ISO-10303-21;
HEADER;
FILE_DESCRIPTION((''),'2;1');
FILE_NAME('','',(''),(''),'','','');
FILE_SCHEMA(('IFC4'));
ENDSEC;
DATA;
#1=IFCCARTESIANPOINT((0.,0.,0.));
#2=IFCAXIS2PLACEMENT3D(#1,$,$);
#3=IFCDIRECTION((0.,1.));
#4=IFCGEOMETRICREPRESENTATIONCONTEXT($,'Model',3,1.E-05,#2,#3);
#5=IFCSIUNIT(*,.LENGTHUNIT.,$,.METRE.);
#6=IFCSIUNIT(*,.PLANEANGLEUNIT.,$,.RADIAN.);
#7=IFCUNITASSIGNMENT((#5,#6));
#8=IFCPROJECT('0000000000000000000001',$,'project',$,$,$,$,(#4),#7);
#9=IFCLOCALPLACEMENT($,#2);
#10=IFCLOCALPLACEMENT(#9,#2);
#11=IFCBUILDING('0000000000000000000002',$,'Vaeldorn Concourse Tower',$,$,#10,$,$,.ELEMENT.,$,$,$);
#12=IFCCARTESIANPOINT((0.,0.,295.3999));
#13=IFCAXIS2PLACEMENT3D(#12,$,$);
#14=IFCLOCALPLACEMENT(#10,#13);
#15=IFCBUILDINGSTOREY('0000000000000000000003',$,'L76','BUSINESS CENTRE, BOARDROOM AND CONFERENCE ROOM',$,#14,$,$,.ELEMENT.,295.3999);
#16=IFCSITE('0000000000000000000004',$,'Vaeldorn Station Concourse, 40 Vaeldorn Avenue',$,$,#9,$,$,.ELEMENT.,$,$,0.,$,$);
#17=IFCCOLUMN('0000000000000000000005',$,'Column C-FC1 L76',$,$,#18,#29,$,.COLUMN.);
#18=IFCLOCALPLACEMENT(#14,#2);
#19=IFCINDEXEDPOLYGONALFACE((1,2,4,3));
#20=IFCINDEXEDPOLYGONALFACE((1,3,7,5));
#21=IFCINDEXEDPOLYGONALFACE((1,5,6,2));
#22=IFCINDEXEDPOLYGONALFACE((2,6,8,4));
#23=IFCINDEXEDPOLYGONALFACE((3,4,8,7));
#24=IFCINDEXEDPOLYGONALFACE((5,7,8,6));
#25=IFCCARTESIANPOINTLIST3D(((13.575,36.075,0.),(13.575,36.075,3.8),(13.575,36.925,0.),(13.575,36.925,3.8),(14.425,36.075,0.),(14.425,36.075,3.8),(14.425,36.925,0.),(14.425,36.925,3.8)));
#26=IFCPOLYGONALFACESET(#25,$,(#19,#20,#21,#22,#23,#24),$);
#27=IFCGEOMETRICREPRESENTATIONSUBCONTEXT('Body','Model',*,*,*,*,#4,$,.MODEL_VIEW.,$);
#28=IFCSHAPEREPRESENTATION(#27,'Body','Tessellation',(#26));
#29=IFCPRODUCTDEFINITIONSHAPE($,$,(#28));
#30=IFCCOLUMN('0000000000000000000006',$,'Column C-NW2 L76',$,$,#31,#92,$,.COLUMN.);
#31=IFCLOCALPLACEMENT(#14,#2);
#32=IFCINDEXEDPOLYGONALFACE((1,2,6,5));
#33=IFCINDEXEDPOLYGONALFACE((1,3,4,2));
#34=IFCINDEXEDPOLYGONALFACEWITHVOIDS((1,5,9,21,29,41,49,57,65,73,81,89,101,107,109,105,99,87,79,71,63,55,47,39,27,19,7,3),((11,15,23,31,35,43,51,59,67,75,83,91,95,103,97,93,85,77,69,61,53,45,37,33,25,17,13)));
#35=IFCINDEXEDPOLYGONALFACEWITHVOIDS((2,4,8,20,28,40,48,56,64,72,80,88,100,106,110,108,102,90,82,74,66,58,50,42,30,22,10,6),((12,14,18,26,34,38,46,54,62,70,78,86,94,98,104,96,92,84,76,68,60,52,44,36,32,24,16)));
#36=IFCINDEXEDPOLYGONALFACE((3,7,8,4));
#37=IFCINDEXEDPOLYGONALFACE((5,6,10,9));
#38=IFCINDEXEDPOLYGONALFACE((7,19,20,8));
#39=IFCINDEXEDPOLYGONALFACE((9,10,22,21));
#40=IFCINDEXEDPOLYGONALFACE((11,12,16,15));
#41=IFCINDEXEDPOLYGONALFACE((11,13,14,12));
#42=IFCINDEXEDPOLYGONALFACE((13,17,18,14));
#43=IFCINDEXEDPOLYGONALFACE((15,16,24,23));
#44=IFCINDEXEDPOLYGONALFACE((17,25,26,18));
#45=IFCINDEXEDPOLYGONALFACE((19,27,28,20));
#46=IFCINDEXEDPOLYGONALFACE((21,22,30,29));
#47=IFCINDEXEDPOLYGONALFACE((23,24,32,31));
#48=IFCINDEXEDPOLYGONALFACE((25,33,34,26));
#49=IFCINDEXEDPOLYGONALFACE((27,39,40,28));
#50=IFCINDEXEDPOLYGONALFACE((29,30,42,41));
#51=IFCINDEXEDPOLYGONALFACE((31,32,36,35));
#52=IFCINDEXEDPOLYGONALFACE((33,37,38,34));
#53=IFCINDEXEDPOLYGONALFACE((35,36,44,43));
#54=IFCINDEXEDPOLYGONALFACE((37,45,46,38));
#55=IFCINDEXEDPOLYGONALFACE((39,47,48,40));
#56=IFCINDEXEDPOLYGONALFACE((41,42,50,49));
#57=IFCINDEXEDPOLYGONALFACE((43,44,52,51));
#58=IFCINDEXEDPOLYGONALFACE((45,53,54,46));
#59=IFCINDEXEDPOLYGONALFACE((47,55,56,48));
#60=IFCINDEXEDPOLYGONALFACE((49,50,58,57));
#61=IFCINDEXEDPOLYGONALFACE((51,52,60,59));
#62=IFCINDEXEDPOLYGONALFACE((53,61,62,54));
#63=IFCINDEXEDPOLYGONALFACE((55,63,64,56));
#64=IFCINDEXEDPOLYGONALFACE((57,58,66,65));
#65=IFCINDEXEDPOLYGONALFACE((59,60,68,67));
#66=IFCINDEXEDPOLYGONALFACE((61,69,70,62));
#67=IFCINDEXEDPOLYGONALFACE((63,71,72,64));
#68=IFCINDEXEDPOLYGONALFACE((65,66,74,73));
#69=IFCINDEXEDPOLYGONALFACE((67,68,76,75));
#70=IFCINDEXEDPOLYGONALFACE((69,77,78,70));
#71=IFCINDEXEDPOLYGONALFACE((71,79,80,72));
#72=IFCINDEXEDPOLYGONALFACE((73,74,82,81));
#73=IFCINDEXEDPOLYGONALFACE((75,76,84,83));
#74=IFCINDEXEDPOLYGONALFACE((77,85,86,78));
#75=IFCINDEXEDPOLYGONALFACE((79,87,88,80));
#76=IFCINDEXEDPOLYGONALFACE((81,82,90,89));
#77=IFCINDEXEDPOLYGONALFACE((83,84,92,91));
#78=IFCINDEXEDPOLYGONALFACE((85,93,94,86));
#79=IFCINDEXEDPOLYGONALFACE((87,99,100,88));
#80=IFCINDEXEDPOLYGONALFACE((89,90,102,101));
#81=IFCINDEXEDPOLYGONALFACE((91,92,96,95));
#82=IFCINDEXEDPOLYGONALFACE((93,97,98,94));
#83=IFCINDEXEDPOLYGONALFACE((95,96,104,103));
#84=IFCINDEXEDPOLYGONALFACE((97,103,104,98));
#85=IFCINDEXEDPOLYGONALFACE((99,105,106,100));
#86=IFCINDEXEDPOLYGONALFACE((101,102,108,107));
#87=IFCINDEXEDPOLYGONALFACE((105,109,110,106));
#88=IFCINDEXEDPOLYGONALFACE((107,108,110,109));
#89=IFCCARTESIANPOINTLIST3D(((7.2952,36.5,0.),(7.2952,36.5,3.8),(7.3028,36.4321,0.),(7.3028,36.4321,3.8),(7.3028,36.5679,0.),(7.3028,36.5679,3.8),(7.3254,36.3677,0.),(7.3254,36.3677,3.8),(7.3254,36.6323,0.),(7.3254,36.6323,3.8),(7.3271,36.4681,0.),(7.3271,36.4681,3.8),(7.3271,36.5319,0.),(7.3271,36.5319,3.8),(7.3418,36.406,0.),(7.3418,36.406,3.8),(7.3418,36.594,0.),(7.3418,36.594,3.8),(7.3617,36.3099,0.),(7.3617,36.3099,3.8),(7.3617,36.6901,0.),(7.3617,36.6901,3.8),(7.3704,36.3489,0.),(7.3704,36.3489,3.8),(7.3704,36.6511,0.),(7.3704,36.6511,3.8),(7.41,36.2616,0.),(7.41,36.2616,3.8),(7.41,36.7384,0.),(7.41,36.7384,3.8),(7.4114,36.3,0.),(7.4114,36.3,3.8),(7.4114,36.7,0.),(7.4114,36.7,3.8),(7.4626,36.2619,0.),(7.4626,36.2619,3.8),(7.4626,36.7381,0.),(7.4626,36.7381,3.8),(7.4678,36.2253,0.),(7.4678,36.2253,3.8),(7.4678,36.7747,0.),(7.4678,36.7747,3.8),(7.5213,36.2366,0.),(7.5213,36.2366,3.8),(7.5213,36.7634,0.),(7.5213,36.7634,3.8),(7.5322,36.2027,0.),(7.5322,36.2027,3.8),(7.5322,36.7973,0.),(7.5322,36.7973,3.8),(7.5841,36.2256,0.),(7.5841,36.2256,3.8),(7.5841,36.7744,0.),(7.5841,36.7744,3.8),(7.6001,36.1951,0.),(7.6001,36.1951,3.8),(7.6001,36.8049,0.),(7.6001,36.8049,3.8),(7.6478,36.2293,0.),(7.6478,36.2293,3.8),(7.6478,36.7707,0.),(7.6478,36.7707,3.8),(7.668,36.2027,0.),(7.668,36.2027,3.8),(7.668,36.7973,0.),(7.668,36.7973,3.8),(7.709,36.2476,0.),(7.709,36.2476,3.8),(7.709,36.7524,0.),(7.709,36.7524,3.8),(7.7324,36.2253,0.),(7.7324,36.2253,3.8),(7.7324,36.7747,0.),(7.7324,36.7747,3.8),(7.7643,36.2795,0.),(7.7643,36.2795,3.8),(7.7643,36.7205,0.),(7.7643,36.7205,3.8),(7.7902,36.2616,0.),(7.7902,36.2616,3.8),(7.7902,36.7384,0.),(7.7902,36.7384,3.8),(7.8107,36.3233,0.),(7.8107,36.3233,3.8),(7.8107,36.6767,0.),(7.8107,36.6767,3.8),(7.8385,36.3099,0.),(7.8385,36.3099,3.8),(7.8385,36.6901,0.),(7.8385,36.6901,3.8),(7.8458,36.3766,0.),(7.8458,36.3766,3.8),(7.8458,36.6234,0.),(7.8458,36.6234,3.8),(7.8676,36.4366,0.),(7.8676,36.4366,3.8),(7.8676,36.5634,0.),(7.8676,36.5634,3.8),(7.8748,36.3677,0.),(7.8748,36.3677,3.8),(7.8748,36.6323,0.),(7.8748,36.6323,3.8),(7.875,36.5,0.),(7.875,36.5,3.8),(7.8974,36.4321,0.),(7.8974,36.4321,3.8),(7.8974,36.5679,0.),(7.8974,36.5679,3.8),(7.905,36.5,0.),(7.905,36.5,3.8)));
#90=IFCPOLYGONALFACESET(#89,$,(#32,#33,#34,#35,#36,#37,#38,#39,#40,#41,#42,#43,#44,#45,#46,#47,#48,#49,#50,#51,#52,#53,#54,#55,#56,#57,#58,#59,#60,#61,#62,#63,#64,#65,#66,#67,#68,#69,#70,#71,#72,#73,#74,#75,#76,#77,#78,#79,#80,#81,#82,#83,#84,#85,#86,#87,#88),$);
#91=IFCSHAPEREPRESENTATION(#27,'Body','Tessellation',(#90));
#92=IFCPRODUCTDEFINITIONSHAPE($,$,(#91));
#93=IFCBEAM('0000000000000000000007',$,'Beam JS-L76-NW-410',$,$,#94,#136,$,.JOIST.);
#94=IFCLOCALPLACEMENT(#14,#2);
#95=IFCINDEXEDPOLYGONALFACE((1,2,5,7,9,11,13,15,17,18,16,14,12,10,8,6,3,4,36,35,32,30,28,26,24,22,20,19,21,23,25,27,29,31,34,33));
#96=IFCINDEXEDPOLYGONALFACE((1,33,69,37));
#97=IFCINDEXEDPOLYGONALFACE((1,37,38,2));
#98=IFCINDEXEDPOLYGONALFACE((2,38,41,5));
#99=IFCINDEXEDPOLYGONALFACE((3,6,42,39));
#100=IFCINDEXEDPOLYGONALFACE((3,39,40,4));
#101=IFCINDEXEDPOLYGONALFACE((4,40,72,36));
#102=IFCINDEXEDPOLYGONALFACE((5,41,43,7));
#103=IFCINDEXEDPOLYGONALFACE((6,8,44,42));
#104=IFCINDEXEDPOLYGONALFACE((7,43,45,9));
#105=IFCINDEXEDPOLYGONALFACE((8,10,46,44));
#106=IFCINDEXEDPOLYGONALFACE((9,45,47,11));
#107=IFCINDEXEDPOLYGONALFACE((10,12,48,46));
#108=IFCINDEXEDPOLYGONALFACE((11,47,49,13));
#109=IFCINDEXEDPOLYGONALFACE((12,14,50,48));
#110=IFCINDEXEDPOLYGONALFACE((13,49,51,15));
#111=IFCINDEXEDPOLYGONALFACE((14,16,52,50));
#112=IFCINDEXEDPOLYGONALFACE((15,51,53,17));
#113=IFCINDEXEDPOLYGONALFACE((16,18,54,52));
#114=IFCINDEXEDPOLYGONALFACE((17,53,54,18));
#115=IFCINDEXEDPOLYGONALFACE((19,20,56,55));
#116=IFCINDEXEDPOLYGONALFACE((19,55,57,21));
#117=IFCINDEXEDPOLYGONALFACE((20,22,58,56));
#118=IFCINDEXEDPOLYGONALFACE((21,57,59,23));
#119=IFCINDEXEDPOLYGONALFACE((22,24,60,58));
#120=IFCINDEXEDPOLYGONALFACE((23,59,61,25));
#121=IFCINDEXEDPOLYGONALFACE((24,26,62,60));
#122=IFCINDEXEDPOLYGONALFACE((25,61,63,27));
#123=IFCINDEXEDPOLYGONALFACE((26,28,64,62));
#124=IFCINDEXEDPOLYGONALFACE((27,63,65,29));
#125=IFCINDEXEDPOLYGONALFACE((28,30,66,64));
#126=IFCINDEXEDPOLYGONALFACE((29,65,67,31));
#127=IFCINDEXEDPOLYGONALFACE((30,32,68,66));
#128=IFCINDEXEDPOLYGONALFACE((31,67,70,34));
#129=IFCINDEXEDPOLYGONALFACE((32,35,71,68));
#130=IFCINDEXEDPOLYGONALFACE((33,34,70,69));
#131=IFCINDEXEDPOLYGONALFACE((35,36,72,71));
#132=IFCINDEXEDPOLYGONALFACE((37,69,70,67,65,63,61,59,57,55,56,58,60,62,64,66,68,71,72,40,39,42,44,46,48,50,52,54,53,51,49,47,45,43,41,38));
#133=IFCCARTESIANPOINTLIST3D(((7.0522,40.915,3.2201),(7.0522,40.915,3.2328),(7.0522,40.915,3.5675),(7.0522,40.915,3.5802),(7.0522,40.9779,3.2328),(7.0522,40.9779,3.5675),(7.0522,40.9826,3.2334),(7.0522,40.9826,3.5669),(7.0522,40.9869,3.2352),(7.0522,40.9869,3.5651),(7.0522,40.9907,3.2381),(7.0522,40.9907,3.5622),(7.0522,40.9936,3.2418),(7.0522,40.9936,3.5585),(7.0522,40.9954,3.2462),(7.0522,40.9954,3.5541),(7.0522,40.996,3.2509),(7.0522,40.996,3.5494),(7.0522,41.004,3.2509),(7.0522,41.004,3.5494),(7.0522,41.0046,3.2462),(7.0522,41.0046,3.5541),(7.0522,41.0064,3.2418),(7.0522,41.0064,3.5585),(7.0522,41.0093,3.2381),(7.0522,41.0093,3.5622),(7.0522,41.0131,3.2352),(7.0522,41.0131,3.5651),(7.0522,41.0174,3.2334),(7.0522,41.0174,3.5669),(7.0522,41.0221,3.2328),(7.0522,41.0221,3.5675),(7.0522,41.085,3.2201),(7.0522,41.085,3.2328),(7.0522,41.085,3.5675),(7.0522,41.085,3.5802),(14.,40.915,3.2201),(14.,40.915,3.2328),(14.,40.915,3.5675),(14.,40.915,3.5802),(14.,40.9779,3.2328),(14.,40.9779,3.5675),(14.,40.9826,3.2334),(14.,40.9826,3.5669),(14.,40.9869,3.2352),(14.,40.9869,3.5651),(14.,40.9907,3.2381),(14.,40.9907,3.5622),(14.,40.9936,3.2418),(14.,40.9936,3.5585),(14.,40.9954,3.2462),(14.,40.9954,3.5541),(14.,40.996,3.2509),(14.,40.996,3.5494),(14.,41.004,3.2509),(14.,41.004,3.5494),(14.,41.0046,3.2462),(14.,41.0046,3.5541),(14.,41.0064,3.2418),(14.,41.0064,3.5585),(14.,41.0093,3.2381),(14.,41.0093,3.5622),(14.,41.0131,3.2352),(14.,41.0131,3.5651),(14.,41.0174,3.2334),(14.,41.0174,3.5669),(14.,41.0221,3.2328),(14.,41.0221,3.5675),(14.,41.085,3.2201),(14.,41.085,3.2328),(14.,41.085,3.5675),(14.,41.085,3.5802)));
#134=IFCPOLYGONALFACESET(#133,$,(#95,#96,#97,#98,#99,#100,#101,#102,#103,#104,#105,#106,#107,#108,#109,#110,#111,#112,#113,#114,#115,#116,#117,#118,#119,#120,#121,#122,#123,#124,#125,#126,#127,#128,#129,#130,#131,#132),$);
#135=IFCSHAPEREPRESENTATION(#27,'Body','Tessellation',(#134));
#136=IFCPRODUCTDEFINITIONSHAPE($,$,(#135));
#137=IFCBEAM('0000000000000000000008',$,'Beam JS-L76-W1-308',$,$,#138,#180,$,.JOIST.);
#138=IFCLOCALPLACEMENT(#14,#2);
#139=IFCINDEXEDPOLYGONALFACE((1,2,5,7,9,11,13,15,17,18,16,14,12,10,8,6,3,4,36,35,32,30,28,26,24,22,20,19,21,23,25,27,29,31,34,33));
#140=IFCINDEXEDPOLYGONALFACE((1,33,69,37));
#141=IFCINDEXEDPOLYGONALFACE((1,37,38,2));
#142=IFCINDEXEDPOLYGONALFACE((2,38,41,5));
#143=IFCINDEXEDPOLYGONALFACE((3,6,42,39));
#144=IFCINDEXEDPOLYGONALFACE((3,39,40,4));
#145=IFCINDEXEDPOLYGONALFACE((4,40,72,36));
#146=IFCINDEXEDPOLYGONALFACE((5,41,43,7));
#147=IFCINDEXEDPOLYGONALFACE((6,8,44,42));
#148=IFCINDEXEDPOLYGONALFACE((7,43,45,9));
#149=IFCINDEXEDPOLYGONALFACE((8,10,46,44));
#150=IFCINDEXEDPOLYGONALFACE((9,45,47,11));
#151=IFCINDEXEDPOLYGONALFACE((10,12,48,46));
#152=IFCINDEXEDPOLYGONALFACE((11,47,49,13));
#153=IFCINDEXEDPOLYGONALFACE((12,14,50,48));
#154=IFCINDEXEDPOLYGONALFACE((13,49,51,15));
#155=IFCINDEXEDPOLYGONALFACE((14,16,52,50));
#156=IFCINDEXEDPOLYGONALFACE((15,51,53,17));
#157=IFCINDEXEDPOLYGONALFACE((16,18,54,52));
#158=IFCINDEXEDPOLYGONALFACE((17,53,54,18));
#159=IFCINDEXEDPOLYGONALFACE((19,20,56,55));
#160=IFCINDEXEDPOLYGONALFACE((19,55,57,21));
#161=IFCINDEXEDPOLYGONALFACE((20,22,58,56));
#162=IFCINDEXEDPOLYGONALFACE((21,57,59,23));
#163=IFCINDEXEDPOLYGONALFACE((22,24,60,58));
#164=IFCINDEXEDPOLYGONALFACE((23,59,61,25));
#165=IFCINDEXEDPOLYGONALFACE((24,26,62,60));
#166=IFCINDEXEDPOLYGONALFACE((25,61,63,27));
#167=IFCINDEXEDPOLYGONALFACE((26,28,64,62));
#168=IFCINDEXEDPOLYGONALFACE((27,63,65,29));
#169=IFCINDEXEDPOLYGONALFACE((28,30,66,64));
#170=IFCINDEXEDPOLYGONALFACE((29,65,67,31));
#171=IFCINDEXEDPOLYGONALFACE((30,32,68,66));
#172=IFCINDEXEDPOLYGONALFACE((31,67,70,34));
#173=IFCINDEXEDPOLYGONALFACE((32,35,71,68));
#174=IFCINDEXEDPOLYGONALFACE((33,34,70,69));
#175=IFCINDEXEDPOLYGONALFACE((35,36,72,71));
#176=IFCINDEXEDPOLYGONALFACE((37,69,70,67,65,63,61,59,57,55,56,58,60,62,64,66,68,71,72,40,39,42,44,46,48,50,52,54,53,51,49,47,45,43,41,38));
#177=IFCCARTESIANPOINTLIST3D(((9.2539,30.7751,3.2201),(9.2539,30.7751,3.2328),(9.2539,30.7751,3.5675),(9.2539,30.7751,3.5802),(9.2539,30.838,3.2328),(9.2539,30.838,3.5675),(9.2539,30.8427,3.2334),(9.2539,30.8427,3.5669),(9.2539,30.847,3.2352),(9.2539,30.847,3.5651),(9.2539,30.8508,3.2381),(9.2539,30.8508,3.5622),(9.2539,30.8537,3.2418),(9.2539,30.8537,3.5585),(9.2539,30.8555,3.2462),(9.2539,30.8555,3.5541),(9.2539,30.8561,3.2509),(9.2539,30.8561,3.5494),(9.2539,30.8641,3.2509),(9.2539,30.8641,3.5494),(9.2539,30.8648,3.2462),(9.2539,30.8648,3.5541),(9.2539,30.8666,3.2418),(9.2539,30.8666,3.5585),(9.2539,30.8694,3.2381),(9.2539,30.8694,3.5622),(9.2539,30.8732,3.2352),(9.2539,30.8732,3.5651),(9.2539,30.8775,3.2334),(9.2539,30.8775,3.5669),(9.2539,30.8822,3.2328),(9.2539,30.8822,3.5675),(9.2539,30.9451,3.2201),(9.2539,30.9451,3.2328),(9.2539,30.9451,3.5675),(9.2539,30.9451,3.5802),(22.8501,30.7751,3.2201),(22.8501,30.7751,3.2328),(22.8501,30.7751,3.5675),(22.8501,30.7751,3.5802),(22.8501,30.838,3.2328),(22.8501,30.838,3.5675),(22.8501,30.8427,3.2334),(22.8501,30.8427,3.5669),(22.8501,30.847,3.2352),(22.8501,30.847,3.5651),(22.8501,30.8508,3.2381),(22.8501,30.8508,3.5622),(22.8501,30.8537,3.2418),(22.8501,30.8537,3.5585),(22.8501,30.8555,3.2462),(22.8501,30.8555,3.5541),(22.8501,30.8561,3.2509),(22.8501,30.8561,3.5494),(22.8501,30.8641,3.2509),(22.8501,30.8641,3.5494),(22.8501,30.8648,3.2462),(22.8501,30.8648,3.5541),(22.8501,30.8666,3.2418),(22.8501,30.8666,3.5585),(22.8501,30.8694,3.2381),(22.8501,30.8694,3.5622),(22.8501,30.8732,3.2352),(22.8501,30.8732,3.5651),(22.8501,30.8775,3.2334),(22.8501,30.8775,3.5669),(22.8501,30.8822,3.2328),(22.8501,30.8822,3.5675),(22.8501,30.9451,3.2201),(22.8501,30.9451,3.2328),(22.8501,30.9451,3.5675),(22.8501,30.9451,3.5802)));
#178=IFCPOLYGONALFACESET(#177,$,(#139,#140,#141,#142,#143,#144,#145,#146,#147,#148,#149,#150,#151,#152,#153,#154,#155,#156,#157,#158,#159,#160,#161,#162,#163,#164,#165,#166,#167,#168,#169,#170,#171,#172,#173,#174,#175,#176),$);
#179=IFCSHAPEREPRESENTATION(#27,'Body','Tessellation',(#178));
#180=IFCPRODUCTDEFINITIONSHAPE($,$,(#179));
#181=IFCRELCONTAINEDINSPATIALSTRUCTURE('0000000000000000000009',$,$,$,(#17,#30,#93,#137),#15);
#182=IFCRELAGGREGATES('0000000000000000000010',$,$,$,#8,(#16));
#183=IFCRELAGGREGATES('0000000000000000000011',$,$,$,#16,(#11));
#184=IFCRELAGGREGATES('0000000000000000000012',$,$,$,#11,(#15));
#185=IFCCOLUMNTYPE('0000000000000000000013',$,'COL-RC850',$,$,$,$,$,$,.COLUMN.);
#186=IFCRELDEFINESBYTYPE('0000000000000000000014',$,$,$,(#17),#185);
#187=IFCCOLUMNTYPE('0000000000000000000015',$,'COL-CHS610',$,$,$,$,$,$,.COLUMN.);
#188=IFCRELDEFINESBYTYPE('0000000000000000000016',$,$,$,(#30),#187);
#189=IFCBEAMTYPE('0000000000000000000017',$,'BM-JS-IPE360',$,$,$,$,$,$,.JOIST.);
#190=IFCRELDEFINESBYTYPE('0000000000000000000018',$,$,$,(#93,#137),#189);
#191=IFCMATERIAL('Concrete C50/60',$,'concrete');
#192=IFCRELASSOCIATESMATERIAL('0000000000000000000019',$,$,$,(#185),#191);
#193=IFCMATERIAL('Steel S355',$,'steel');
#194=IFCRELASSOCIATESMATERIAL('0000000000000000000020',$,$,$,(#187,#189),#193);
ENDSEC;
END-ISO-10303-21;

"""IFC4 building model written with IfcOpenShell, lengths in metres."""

from ifc_helpers import new_model, si_unit, direction, frame, origin, origin_2d, place, context, subcontext, project, spatial, rectangle, hollow_circle, i_section, extrude, source, transform, mapped, material, material_profile, profile_set, type_object, element, save


model = new_model("IFC4")

# Units and contexts
model_context = context("Model", 3, precision=1e-05, world=origin(), true_north=direction((0.0, 1.0)))
body_context = subcontext(model_context, "Body", "Model", "MODEL_VIEW")
ifc_project = project(units=[si_unit("LENGTHUNIT", "METRE"), si_unit("PLANEANGLEUNIT", "RADIAN")], contexts=[model_context])

# Site, building, storey
site_placement = place(None, origin())
site = spatial("IfcSite", under=ifc_project, at=site_placement, Name="Vaeldorn Station Concourse, 40 Vaeldorn Avenue", CompositionType="ELEMENT", RefElevation=0.0)
building_placement = place(site_placement, origin())
building = spatial("IfcBuilding", under=site, at=building_placement, Name="Vaeldorn Concourse Tower", CompositionType="ELEMENT")
storey_placement = place(building_placement, frame((0.0, 0.0, 295.3999)))
storey = spatial("IfcBuildingStorey", under=building, at=storey_placement, Name="L76", Description="BUSINESS CENTRE, BOARDROOM AND CONFERENCE ROOM", CompositionType="ELEMENT", Elevation=295.3999)

# Columns
ifc_material_1 = material(Name="Concrete C50/60", Category="concrete")
ifc_material_profile_1 = material_profile(ifc_material_1, rectangle(XDim=0.8501, YDim=0.8501, at=origin_2d()), Name="RC 850x850")
ifc_profile_set_1 = profile_set([ifc_material_profile_1], Name="Concrete C50/60")
column_type_1 = type_object("IfcColumnType", Name="COL-RC850", PredefinedType="COLUMN", material=ifc_profile_set_1)
shared_shape_1 = source(origin(), body_context, "Body", "SweptSolid", [
    extrude(rectangle(XDim=0.8501, YDim=0.8501, at=origin_2d()), origin(), (0.0, 0.0, 1.0), 3.8),
])
column_1_placement = place(storey_placement, frame((14.0, 36.5, 0.0), z_axis=(0.0, 0.0, 1.0), x_axis=(1.0, 0.0, 0.0)))
element("IfcColumn", 1, at=column_1_placement, inside=storey, type_object=column_type_1, Name="Column C-FC1 L76", PredefinedType="COLUMN", context=body_context, shape_type="MappedRepresentation", body=[
    mapped(shared_shape_1, transform((0.0, 0.0, 0.0), scale=1.0)),
])
ifc_material_2 = material(Name="Steel S355", Category="steel")
ifc_material_profile_2 = material_profile(ifc_material_2, hollow_circle(Radius=0.3049, WallThickness=0.03, at=origin_2d()), Name="CHS 610x30")
ifc_profile_set_2 = profile_set([ifc_material_profile_2], Name="Steel S355")
column_type_2 = type_object("IfcColumnType", Name="COL-CHS610", PredefinedType="COLUMN", material=ifc_profile_set_2)
shared_shape_2 = source(origin(), body_context, "Body", "SweptSolid", [
    extrude(hollow_circle(Radius=0.3049, WallThickness=0.03, at=origin_2d()), origin(), (0.0, 0.0, 1.0), 3.8),
])
column_2_placement = place(storey_placement, frame((7.6001, 36.5, 0.0), z_axis=(0.0, 0.0, 1.0), x_axis=(1.0, 0.0, 0.0)))
element("IfcColumn", 2, at=column_2_placement, inside=storey, type_object=column_type_2, Name="Column C-NW2 L76", PredefinedType="COLUMN", context=body_context, shape_type="MappedRepresentation", body=[
    mapped(shared_shape_2, transform((0.0, 0.0, 0.0), scale=1.0)),
])

# Beams
ifc_material_profile_3 = material_profile(ifc_material_2, i_section(OverallWidth=0.1699, OverallDepth=0.3601, WebThickness=0.0081, FlangeThickness=0.0127, FilletRadius=0.0181, at=origin_2d()), Name="IPE 360")
ifc_profile_set_3 = profile_set([ifc_material_profile_3], Name="Steel S355")
beam_type_1 = type_object("IfcBeamType", Name="BM-JS-IPE360", PredefinedType="JOIST", material=ifc_profile_set_3)
shared_shape_3 = source(origin(), body_context, "Body", "SweptSolid", [
    extrude(i_section(OverallWidth=0.1699, OverallDepth=0.3601, WebThickness=0.0081, FlangeThickness=0.0127, FilletRadius=0.0181, at=origin_2d()), origin(), (0.0, 0.0, 1.0), 6.9478),
])
beam_1_placement = place(storey_placement, frame((7.0522, 41.0, 3.4001), z_axis=(1.0, 0.0, 0.0), x_axis=(0.0, 1.0, 0.0)))
element("IfcBeam", 3, at=beam_1_placement, inside=storey, type_object=beam_type_1, Name="Beam JS-L76-NW-410", PredefinedType="JOIST", context=body_context, shape_type="MappedRepresentation", body=[
    mapped(shared_shape_3, transform((0.0, 0.0, 0.0), scale=1.0)),
])
shared_shape_4 = source(origin(), body_context, "Body", "SweptSolid", [
    extrude(i_section(OverallWidth=0.1699, OverallDepth=0.3601, WebThickness=0.0081, FlangeThickness=0.0127, FilletRadius=0.0181, at=origin_2d()), origin(), (0.0, 0.0, 1.0), 13.5962),
])
beam_2_placement = place(storey_placement, frame((9.2539, 30.8601, 3.4001), z_axis=(1.0, 0.0, 0.0), x_axis=(0.0, 1.0, 0.0)))
element("IfcBeam", 4, at=beam_2_placement, inside=storey, type_object=beam_type_1, Name="Beam JS-L76-W1-308", PredefinedType="JOIST", context=body_context, shape_type="MappedRepresentation", body=[
    mapped(shared_shape_4, transform((0.0, 0.0, 0.0), scale=1.0)),
])

save(model, "model.ifc")
